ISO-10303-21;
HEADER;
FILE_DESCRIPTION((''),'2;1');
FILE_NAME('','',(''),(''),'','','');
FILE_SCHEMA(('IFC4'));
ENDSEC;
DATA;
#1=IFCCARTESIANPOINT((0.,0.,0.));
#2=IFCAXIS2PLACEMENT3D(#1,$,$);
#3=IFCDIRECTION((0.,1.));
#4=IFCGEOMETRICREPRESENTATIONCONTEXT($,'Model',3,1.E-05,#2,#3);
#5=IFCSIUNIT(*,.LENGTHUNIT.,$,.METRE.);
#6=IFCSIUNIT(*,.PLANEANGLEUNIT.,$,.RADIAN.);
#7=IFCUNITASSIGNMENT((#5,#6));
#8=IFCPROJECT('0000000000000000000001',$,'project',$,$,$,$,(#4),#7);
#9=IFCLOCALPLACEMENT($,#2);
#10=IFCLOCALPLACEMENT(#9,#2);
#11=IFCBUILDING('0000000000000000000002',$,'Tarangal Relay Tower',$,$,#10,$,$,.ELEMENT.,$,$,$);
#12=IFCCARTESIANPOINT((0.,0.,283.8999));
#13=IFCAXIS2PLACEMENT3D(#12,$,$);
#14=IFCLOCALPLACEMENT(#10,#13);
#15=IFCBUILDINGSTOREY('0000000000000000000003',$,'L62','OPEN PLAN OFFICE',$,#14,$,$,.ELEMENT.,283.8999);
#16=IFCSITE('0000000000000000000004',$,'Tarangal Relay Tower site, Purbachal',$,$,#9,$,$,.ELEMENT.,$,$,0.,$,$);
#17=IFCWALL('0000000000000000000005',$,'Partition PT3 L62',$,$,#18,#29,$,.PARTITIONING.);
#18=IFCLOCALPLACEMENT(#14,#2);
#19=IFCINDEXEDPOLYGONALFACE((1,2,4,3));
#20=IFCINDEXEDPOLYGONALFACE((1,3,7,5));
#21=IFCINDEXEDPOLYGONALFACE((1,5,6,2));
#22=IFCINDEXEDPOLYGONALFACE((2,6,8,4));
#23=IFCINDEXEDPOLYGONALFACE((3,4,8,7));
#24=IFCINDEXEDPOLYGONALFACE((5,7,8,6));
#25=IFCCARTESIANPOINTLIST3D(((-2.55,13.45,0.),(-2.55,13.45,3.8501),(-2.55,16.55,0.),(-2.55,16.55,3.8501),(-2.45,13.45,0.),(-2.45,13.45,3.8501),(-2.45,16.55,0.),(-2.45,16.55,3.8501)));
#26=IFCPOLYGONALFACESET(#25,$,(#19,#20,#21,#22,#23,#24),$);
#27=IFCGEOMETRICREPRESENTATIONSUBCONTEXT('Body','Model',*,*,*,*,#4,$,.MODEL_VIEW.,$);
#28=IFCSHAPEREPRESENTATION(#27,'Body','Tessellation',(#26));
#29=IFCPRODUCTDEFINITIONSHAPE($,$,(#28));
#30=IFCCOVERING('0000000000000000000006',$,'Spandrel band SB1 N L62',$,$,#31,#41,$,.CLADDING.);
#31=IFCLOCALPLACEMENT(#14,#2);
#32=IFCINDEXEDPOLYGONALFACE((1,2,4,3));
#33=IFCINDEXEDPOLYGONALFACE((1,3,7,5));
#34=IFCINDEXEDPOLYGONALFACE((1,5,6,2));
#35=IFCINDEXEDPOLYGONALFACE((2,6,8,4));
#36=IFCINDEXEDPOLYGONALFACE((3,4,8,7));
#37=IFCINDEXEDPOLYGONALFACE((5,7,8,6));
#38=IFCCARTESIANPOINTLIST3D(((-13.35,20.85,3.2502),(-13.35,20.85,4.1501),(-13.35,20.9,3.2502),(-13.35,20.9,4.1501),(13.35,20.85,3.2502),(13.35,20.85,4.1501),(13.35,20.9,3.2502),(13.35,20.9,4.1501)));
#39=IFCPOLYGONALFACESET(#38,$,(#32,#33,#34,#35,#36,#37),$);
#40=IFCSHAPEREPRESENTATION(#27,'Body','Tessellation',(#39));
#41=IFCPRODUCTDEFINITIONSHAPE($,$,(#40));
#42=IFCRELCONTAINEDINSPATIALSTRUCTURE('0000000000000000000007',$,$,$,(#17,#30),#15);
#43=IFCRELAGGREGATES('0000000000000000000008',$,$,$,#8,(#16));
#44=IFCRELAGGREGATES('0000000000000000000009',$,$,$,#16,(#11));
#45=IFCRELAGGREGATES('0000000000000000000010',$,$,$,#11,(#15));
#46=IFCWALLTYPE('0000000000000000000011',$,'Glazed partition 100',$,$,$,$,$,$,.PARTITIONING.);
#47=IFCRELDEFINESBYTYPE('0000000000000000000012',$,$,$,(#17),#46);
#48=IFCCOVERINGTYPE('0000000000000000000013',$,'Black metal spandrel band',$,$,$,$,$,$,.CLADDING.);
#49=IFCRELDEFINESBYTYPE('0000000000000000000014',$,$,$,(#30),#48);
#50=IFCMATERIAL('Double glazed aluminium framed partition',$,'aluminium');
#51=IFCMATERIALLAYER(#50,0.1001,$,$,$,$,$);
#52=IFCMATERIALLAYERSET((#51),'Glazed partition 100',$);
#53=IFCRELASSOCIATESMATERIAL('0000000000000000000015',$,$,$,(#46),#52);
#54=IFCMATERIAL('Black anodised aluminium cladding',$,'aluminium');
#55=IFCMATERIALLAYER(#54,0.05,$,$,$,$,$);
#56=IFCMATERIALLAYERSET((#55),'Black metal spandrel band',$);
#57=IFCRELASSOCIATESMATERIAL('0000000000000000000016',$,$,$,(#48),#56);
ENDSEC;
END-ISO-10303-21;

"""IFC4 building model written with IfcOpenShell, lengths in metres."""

from ifc_helpers import new_model, si_unit, direction, frame, frame_2d, origin, origin_2d, place, context, subcontext, project, spatial, rectangle, extrude, material, layer, layer_set, type_object, element, save


model = new_model("IFC4")

# Units and contexts
model_context = context("Model", 3, precision=1e-05, world=origin(), true_north=direction((0.0, 1.0)))
body_context = subcontext(model_context, "Body", "Model", "MODEL_VIEW")
ifc_project = project(units=[si_unit("LENGTHUNIT", "METRE"), si_unit("PLANEANGLEUNIT", "RADIAN")], contexts=[model_context])

# Site, building, storey
site_placement = place(None, origin())
site = spatial("IfcSite", under=ifc_project, at=site_placement, Name="Tarangal Relay Tower site, Purbachal", CompositionType="ELEMENT", RefElevation=0.0)
building_placement = place(site_placement, origin())
building = spatial("IfcBuilding", under=site, at=building_placement, Name="Tarangal Relay Tower", CompositionType="ELEMENT")
storey_placement = place(building_placement, frame((0.0, 0.0, 283.8999)))
storey = spatial("IfcBuildingStorey", under=building, at=storey_placement, Name="L62", Description="OPEN PLAN OFFICE", CompositionType="ELEMENT", Elevation=283.8999)

# Shared definitions
ifc_material_1 = material(Name="Double glazed aluminium framed partition", Category="aluminium")
ifc_layer_1 = layer(ifc_material_1, 0.1001)
ifc_layer_set_1 = layer_set([ifc_layer_1], Name="Glazed partition 100")
wall_type_1 = type_object("IfcWallType", Name="Glazed partition 100", PredefinedType="PARTITIONING", material=ifc_layer_set_1)

# Wall
wall_1_placement = place(storey_placement, frame((-2.5, 13.45, 0.0), z_axis=(0.0, 0.0, 1.0), x_axis=(0.0, 1.0, 0.0)))
element("IfcWall", 1, at=wall_1_placement, inside=storey, type_object=wall_type_1, Name="Partition PT3 L62", PredefinedType="PARTITIONING", context=body_context, shape_type="SweptSolid", body=[
    extrude(rectangle(XDim=3.1001, YDim=0.1001, at=frame_2d((1.55, 0.0))), origin(), (0.0, 0.0, 1.0), 3.8501),
])

# Covering
ifc_material_2 = material(Name="Black anodised aluminium cladding", Category="aluminium")
ifc_layer_2 = layer(ifc_material_2, 0.05)
ifc_layer_set_2 = layer_set([ifc_layer_2], Name="Black metal spandrel band")
covering_type = type_object("IfcCoveringType", Name="Black metal spandrel band", PredefinedType="CLADDING", material=ifc_layer_set_2)
covering_placement = place(storey_placement, frame((0.0, 20.875, 3.2502), z_axis=(0.0, 0.0, 1.0), x_axis=(1.0, 0.0, 0.0)))
element("IfcCovering", 2, at=covering_placement, inside=storey, type_object=covering_type, Name="Spandrel band SB1 N L62", PredefinedType="CLADDING", context=body_context, shape_type="SweptSolid", body=[
    extrude(rectangle(XDim=26.7, YDim=0.05, at=origin_2d()), origin(), (0.0, 0.0, 1.0), 0.8999),
])

save(model, "model.ifc")
